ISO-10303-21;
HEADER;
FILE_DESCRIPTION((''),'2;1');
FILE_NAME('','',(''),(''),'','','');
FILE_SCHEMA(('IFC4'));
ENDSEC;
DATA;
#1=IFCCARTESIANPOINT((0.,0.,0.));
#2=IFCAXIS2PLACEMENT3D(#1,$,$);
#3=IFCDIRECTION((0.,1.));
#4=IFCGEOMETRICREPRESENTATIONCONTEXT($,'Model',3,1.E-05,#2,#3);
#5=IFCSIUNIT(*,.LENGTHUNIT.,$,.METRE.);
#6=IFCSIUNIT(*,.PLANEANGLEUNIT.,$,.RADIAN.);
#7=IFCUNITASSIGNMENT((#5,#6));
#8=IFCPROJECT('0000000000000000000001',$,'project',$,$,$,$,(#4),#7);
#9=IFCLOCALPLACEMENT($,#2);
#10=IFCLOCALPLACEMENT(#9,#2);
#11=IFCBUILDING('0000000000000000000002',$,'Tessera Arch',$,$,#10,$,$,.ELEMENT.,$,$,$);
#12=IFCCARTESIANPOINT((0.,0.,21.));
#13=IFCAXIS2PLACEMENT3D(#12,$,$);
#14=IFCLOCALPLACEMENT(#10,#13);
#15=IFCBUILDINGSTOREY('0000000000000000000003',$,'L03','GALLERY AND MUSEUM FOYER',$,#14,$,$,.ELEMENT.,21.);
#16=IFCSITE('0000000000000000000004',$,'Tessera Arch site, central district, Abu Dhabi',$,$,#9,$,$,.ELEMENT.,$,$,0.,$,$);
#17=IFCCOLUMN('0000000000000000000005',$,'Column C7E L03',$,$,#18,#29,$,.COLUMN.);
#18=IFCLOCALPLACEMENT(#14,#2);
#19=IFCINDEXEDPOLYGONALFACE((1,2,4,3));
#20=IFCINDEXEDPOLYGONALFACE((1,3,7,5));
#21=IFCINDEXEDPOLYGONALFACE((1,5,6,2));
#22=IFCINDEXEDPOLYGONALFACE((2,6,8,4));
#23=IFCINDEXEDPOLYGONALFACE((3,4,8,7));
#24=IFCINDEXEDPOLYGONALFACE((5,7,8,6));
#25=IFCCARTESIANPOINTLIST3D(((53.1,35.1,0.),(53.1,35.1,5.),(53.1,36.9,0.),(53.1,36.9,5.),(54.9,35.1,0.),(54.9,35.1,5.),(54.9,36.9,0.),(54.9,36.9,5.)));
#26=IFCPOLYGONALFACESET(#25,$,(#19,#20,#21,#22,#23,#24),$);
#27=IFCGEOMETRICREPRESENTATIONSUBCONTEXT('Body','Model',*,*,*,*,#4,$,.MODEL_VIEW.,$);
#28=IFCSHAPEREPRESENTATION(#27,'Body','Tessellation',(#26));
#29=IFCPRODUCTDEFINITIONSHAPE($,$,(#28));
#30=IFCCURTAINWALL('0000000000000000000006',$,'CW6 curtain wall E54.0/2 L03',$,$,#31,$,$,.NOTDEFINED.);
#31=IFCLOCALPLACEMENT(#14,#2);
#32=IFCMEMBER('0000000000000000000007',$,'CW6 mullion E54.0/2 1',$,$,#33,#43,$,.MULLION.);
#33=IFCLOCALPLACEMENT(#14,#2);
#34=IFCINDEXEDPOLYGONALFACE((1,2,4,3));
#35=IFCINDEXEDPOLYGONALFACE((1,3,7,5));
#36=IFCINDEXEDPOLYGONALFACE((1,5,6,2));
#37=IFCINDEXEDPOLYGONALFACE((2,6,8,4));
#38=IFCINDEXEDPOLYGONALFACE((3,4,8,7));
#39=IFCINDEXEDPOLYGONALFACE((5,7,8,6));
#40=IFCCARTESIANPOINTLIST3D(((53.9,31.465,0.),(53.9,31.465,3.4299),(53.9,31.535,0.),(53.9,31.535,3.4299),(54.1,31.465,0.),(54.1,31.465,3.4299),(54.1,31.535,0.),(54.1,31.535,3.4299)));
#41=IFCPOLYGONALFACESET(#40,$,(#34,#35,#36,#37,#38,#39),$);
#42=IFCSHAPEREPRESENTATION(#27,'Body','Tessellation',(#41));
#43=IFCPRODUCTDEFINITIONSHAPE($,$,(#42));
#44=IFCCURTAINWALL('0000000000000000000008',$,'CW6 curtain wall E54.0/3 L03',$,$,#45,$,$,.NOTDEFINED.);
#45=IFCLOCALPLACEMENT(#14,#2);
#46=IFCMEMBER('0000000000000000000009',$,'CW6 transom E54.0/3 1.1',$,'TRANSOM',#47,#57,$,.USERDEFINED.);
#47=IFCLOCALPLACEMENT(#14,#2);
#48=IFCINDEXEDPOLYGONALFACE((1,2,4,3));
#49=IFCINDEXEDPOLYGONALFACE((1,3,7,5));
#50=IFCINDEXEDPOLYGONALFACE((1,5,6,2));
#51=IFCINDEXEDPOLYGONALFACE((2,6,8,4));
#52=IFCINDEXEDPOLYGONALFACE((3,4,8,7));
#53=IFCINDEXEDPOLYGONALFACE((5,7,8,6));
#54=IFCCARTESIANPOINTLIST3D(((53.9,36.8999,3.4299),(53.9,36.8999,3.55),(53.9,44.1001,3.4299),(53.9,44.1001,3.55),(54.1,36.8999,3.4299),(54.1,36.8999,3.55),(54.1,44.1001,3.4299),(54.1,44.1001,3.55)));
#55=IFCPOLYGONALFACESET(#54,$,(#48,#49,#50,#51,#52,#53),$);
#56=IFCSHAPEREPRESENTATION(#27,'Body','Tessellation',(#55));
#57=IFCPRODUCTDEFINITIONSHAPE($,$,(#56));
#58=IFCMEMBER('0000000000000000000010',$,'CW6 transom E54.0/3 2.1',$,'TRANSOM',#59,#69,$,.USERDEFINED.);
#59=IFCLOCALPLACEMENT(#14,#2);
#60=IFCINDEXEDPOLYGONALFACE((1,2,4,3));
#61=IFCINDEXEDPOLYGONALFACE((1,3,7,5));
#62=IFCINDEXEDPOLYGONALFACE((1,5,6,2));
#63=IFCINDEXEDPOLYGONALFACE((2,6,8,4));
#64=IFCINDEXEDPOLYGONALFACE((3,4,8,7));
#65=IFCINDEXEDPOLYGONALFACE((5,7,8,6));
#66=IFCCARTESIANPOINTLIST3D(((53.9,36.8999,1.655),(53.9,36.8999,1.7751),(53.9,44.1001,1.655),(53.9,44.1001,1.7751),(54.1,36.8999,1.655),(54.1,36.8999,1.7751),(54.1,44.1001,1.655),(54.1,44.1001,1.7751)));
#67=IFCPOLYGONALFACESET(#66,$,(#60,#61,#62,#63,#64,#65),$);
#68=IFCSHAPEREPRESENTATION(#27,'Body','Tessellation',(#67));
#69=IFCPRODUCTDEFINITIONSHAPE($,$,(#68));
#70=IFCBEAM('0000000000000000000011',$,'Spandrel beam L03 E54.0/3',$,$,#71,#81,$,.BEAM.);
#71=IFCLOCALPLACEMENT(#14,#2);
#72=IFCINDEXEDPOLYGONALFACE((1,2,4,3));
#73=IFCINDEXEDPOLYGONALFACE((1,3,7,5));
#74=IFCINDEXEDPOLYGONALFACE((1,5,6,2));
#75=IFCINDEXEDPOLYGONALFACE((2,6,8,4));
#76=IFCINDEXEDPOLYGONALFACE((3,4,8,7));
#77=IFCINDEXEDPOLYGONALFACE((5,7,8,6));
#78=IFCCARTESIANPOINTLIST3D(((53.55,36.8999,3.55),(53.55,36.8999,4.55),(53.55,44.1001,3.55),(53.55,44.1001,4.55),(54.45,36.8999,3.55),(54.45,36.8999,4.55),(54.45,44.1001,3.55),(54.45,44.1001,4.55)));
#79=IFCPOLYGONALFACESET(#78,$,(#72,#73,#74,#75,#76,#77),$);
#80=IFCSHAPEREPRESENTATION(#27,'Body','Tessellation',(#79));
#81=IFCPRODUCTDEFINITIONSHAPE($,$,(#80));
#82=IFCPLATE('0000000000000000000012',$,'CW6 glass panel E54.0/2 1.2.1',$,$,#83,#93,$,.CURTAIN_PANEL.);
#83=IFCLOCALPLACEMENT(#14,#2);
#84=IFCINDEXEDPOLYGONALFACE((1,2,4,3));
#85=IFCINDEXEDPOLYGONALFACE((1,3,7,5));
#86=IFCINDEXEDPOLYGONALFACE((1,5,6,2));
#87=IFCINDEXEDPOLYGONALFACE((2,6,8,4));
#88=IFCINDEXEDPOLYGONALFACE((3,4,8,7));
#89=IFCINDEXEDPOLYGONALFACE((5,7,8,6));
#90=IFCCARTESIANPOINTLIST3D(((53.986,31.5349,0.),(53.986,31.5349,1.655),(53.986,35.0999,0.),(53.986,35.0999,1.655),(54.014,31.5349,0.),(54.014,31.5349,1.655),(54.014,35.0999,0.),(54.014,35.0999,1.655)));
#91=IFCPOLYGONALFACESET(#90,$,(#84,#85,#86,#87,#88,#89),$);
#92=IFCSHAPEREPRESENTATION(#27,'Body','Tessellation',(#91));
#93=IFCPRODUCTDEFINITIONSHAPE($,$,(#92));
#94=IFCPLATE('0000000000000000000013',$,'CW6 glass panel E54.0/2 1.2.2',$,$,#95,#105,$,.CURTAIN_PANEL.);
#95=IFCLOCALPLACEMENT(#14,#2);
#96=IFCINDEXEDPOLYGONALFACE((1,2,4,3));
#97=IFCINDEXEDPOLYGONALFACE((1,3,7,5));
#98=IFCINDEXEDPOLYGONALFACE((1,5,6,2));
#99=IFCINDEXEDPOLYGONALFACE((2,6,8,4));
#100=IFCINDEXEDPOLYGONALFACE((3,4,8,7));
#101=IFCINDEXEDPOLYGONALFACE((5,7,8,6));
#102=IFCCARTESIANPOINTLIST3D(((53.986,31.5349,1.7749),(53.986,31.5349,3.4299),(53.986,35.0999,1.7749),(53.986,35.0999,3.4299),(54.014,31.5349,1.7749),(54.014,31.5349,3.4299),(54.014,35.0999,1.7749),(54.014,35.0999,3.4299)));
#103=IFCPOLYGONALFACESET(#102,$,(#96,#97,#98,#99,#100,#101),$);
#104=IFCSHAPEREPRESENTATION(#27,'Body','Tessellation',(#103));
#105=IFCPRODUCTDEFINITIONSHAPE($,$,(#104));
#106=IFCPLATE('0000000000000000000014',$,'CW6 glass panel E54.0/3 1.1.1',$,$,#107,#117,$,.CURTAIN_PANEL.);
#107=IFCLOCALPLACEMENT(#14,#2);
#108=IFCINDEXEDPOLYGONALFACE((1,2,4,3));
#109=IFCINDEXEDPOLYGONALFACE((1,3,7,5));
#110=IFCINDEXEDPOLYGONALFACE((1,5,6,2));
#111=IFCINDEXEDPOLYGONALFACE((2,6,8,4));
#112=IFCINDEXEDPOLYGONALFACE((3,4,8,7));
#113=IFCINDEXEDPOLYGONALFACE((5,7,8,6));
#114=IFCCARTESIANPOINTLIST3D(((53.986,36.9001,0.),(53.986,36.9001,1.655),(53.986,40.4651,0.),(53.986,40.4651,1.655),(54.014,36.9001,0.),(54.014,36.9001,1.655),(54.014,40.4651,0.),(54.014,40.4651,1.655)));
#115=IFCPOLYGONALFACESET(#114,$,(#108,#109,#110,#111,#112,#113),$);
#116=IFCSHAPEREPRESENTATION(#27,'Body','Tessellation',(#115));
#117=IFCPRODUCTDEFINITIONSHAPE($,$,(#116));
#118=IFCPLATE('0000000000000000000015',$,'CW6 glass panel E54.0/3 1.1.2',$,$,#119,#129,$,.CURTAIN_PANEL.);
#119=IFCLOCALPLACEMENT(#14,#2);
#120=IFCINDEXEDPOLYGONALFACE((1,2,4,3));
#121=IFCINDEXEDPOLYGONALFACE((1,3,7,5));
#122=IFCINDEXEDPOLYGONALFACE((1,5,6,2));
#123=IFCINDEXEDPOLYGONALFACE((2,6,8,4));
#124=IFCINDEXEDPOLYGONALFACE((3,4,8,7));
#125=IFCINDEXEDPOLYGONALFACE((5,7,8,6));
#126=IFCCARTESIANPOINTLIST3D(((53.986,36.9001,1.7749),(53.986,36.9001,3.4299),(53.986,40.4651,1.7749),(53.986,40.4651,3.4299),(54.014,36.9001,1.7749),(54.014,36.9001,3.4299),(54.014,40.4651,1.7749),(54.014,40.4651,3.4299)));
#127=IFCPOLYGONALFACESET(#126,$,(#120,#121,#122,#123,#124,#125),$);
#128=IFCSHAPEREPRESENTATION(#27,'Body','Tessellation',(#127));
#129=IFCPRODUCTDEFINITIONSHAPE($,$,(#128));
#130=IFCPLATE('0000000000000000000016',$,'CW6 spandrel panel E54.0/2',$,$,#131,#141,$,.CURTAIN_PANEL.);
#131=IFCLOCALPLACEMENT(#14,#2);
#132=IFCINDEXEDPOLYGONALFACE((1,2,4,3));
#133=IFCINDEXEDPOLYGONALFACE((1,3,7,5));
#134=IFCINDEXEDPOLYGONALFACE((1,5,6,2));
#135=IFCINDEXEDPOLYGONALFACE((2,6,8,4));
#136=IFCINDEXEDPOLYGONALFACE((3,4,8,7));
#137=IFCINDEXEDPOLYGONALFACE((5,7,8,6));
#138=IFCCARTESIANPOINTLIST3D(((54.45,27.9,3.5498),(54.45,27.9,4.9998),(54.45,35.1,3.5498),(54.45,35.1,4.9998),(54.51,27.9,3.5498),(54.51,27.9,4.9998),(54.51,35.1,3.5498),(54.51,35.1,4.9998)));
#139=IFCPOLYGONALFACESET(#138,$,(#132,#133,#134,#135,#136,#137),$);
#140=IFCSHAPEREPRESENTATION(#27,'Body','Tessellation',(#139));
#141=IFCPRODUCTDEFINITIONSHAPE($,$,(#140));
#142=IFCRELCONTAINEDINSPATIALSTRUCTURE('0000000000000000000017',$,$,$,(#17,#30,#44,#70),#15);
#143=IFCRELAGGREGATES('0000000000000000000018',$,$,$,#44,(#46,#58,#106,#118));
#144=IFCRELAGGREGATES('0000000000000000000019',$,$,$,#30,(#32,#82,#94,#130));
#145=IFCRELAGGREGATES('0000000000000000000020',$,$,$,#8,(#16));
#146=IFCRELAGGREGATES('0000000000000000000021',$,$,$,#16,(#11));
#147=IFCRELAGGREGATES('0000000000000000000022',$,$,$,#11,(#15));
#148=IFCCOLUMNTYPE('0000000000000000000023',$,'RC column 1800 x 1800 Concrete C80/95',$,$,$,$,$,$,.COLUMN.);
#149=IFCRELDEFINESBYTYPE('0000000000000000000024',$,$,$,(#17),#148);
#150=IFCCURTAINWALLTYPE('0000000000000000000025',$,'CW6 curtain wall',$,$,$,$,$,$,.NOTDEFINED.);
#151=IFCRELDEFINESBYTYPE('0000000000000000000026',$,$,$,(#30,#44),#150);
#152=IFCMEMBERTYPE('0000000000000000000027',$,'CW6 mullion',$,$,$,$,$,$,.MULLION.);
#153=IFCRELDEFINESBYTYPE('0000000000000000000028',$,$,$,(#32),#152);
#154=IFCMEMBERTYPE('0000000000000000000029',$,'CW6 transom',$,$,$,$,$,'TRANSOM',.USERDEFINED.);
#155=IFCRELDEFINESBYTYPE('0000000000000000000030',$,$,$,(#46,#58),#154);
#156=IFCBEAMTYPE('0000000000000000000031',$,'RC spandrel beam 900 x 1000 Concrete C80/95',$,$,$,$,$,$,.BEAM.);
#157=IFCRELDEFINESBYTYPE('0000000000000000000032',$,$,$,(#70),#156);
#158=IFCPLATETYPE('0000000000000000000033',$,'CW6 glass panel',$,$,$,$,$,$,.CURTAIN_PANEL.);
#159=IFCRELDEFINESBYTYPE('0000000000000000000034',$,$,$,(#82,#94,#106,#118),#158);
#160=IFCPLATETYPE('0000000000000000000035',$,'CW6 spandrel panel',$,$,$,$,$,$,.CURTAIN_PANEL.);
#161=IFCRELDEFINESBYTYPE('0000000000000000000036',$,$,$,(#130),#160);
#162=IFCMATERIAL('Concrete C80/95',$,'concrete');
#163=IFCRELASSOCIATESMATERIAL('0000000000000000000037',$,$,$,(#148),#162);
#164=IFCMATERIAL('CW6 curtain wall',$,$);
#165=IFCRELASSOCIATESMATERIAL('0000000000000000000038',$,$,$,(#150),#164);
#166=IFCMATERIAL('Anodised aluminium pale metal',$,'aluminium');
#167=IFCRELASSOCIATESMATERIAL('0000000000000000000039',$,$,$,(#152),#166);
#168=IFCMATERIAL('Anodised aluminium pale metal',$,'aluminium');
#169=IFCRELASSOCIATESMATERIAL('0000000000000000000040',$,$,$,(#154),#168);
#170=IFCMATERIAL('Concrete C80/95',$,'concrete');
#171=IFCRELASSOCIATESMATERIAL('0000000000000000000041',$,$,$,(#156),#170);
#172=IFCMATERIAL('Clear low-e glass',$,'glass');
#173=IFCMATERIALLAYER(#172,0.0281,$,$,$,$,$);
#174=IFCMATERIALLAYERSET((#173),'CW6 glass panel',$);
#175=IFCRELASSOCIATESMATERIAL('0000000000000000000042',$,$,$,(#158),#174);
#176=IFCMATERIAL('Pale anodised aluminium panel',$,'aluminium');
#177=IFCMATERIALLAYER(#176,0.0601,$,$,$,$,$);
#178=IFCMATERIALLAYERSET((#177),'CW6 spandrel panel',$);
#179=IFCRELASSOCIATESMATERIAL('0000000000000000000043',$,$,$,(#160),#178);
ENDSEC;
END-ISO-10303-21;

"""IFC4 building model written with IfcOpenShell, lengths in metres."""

from ifc_helpers import new_model, si_unit, direction, frame, origin, origin_2d, place, context, subcontext, project, spatial, rectangle, extrude, material, layer, layer_set, material_profile, profile_set, type_object, element, aggregate, save


model = new_model("IFC4")

# Units and contexts
model_context = context("Model", 3, precision=1e-05, world=origin(), true_north=direction((0.0, 1.0)))
body_context = subcontext(model_context, "Body", "Model", "MODEL_VIEW")
ifc_project = project(units=[si_unit("LENGTHUNIT", "METRE"), si_unit("PLANEANGLEUNIT", "RADIAN")], contexts=[model_context])

# Site, building, storey
site_placement = place(None, origin())
site = spatial("IfcSite", under=ifc_project, at=site_placement, Name="Tessera Arch site, central district, Abu Dhabi", CompositionType="ELEMENT", RefElevation=0.0)
building_placement = place(site_placement, origin())
building = spatial("IfcBuilding", under=site, at=building_placement, Name="Tessera Arch", CompositionType="ELEMENT")
storey_placement = place(building_placement, frame((0.0, 0.0, 21.0)))
storey = spatial("IfcBuildingStorey", under=building, at=storey_placement, Name="L03", Description="GALLERY AND MUSEUM FOYER", CompositionType="ELEMENT", Elevation=21.0)

# Column
ifc_material_1 = material(Name="Concrete C80/95", Category="concrete")
ifc_material_profile_1 = material_profile(ifc_material_1, rectangle(XDim=1.8, YDim=1.8, at=origin_2d()), Name="RC column 1800 x 1800 Concrete C80/95")
ifc_profile_set_1 = profile_set([ifc_material_profile_1], Name="Concrete C80/95")
column_type = type_object("IfcColumnType", Name="RC column 1800 x 1800 Concrete C80/95", PredefinedType="COLUMN", material=ifc_profile_set_1)
column_placement = place(storey_placement, frame((54.0, 36.0, 0.0), z_axis=(0.0, 0.0, 1.0), x_axis=(1.0, 0.0, 0.0)))
element("IfcColumn", 1, at=column_placement, inside=storey, type_object=column_type, Name="Column C7E L03", PredefinedType="COLUMN", context=body_context, shape_type="SweptSolid", body=[
    extrude(rectangle(XDim=1.8, YDim=1.8, at=origin_2d()), origin(), (0.0, 0.0, 1.0), 5.0),
])

# Curtain wall, member
ifc_material_2 = material(Name="CW6 curtain wall")
curtain_wall_type = type_object("IfcCurtainWallType", Name="CW6 curtain wall", PredefinedType="NOTDEFINED", material=ifc_material_2)
curtain_wall_1_placement = place(storey_placement, origin())
curtain_wall_1 = element("IfcCurtainWall", 2, at=curtain_wall_1_placement, inside=storey, type_object=curtain_wall_type, Name="CW6 curtain wall E54.0/2 L03", PredefinedType="NOTDEFINED")
ifc_material_3 = material(Name="Anodised aluminium pale metal", Category="aluminium")
ifc_material_profile_2 = material_profile(ifc_material_3, rectangle(XDim=0.2, YDim=0.0701, at=origin_2d()), Name="AL 70x200")
ifc_profile_set_2 = profile_set([ifc_material_profile_2], Name="Anodised aluminium pale metal")
member_type_1 = type_object("IfcMemberType", Name="CW6 mullion", PredefinedType="MULLION", material=ifc_profile_set_2)
member_1_placement = place(storey_placement, frame((54.0, 31.5, 0.0), z_axis=(0.0, 0.0, 1.0), x_axis=(-1.0, 0.0, 0.0)))
member_1 = element("IfcMember", 3, at=member_1_placement, type_object=member_type_1, Name="CW6 mullion E54.0/2 1", PredefinedType="MULLION", context=body_context, shape_type="SweptSolid", body=[
    extrude(rectangle(XDim=0.2, YDim=0.0701, at=origin_2d()), origin(), (0.0, 0.0, 1.0), 3.4299),
])

# Curtain wall, members
curtain_wall_2_placement = place(storey_placement, origin())
curtain_wall_2 = element("IfcCurtainWall", 4, at=curtain_wall_2_placement, inside=storey, type_object=curtain_wall_type, Name="CW6 curtain wall E54.0/3 L03", PredefinedType="NOTDEFINED")
ifc_material_4 = material(Name="Anodised aluminium pale metal", Category="aluminium")
ifc_material_profile_3 = material_profile(ifc_material_4, rectangle(XDim=0.2, YDim=0.1201, at=origin_2d()), Name="AL 200x120")
ifc_profile_set_3 = profile_set([ifc_material_profile_3], Name="Anodised aluminium pale metal")
member_type_2 = type_object("IfcMemberType", Name="CW6 transom", ElementType="TRANSOM", PredefinedType="USERDEFINED", material=ifc_profile_set_3)
member_2_placement = place(storey_placement, frame((54.0, 36.8999, 3.49), z_axis=(0.0, 1.0, 0.0), x_axis=(-1.0, 0.0, 0.0)))
member_2 = element("IfcMember", 5, at=member_2_placement, type_object=member_type_2, Name="CW6 transom E54.0/3 1.1", ObjectType="TRANSOM", PredefinedType="USERDEFINED", context=body_context, shape_type="SweptSolid", body=[
    extrude(rectangle(XDim=0.2, YDim=0.1201, at=origin_2d()), origin(), (0.0, 0.0, 1.0), 7.2002),
])
member_3_placement = place(storey_placement, frame((54.0, 36.8999, 1.7151), z_axis=(0.0, 1.0, 0.0), x_axis=(-1.0, 0.0, 0.0)))
member_3 = element("IfcMember", 6, at=member_3_placement, type_object=member_type_2, Name="CW6 transom E54.0/3 2.1", ObjectType="TRANSOM", PredefinedType="USERDEFINED", context=body_context, shape_type="SweptSolid", body=[
    extrude(rectangle(XDim=0.2, YDim=0.1201, at=origin_2d()), origin(), (0.0, 0.0, 1.0), 7.2002),
])

# Beam
ifc_material_5 = material(Name="Concrete C80/95", Category="concrete")
ifc_material_profile_4 = material_profile(ifc_material_5, rectangle(XDim=0.8999, YDim=1.0, at=origin_2d()), Name="RC spandrel beam 900 x 1000 Concrete C80/95")
ifc_profile_set_4 = profile_set([ifc_material_profile_4], Name="Concrete C80/95")
beam_type = type_object("IfcBeamType", Name="RC spandrel beam 900 x 1000 Concrete C80/95", PredefinedType="BEAM", material=ifc_profile_set_4)
beam_placement = place(storey_placement, frame((54.0, 36.8999, 4.05), z_axis=(0.0, 1.0, 0.0), x_axis=(-1.0, 0.0, 0.0)))
element("IfcBeam", 7, at=beam_placement, inside=storey, type_object=beam_type, Name="Spandrel beam L03 E54.0/3", PredefinedType="BEAM", context=body_context, shape_type="SweptSolid", body=[
    extrude(rectangle(XDim=0.8999, YDim=1.0, at=origin_2d()), origin(), (0.0, 0.0, 1.0), 7.2002),
])

# Plates
ifc_material_6 = material(Name="Clear low-e glass", Category="glass")
ifc_layer_1 = layer(ifc_material_6, 0.0281)
ifc_layer_set_1 = layer_set([ifc_layer_1], Name="CW6 glass panel")
plate_type_1 = type_object("IfcPlateType", Name="CW6 glass panel", PredefinedType="CURTAIN_PANEL", material=ifc_layer_set_1)
plate_1_placement = place(storey_placement, frame((54.0, 33.3174, 0.0), z_axis=(0.0, 0.0, 1.0), x_axis=(0.0, 1.0, 0.0)))
plate_1 = element("IfcPlate", 8, at=plate_1_placement, type_object=plate_type_1, Name="CW6 glass panel E54.0/2 1.2.1", PredefinedType="CURTAIN_PANEL", context=body_context, shape_type="SweptSolid", body=[
    extrude(rectangle(XDim=3.5649, YDim=0.0281, at=origin_2d()), origin(), (0.0, 0.0, 1.0), 1.655),
])
plate_2_placement = place(storey_placement, frame((54.0, 33.3174, 1.7749), z_axis=(0.0, 0.0, 1.0), x_axis=(0.0, 1.0, 0.0)))
plate_2 = element("IfcPlate", 9, at=plate_2_placement, type_object=plate_type_1, Name="CW6 glass panel E54.0/2 1.2.2", PredefinedType="CURTAIN_PANEL", context=body_context, shape_type="SweptSolid", body=[
    extrude(rectangle(XDim=3.5649, YDim=0.0281, at=origin_2d()), origin(), (0.0, 0.0, 1.0), 1.655),
])
plate_3_placement = place(storey_placement, frame((54.0, 38.6826, 0.0), z_axis=(0.0, 0.0, 1.0), x_axis=(0.0, 1.0, 0.0)))
plate_3 = element("IfcPlate", 10, at=plate_3_placement, type_object=plate_type_1, Name="CW6 glass panel E54.0/3 1.1.1", PredefinedType="CURTAIN_PANEL", context=body_context, shape_type="SweptSolid", body=[
    extrude(rectangle(XDim=3.5649, YDim=0.0281, at=origin_2d()), origin(), (0.0, 0.0, 1.0), 1.655),
])
plate_4_placement = place(storey_placement, frame((54.0, 38.6826, 1.7749), z_axis=(0.0, 0.0, 1.0), x_axis=(0.0, 1.0, 0.0)))
plate_4 = element("IfcPlate", 11, at=plate_4_placement, type_object=plate_type_1, Name="CW6 glass panel E54.0/3 1.1.2", PredefinedType="CURTAIN_PANEL", context=body_context, shape_type="SweptSolid", body=[
    extrude(rectangle(XDim=3.5649, YDim=0.0281, at=origin_2d()), origin(), (0.0, 0.0, 1.0), 1.655),
])
aggregate(curtain_wall_2, [member_2, member_3, plate_3, plate_4])
ifc_material_7 = material(Name="Pale anodised aluminium panel", Category="aluminium")
ifc_layer_2 = layer(ifc_material_7, 0.0601)
ifc_layer_set_2 = layer_set([ifc_layer_2], Name="CW6 spandrel panel")
plate_type_2 = type_object("IfcPlateType", Name="CW6 spandrel panel", PredefinedType="CURTAIN_PANEL", material=ifc_layer_set_2)
plate_5_placement = place(storey_placement, frame((54.48, 31.5, 3.5498), z_axis=(0.0, 0.0, 1.0), x_axis=(0.0, 1.0, 0.0)))
plate_5 = element("IfcPlate", 12, at=plate_5_placement, type_object=plate_type_2, Name="CW6 spandrel panel E54.0/2", PredefinedType="CURTAIN_PANEL", context=body_context, shape_type="SweptSolid", body=[
    extrude(rectangle(XDim=7.2, YDim=0.0601, at=origin_2d()), origin(), (0.0, 0.0, 1.0), 1.45),
])
aggregate(curtain_wall_1, [member_1, plate_1, plate_2, plate_5])

save(model, "model.ifc")
